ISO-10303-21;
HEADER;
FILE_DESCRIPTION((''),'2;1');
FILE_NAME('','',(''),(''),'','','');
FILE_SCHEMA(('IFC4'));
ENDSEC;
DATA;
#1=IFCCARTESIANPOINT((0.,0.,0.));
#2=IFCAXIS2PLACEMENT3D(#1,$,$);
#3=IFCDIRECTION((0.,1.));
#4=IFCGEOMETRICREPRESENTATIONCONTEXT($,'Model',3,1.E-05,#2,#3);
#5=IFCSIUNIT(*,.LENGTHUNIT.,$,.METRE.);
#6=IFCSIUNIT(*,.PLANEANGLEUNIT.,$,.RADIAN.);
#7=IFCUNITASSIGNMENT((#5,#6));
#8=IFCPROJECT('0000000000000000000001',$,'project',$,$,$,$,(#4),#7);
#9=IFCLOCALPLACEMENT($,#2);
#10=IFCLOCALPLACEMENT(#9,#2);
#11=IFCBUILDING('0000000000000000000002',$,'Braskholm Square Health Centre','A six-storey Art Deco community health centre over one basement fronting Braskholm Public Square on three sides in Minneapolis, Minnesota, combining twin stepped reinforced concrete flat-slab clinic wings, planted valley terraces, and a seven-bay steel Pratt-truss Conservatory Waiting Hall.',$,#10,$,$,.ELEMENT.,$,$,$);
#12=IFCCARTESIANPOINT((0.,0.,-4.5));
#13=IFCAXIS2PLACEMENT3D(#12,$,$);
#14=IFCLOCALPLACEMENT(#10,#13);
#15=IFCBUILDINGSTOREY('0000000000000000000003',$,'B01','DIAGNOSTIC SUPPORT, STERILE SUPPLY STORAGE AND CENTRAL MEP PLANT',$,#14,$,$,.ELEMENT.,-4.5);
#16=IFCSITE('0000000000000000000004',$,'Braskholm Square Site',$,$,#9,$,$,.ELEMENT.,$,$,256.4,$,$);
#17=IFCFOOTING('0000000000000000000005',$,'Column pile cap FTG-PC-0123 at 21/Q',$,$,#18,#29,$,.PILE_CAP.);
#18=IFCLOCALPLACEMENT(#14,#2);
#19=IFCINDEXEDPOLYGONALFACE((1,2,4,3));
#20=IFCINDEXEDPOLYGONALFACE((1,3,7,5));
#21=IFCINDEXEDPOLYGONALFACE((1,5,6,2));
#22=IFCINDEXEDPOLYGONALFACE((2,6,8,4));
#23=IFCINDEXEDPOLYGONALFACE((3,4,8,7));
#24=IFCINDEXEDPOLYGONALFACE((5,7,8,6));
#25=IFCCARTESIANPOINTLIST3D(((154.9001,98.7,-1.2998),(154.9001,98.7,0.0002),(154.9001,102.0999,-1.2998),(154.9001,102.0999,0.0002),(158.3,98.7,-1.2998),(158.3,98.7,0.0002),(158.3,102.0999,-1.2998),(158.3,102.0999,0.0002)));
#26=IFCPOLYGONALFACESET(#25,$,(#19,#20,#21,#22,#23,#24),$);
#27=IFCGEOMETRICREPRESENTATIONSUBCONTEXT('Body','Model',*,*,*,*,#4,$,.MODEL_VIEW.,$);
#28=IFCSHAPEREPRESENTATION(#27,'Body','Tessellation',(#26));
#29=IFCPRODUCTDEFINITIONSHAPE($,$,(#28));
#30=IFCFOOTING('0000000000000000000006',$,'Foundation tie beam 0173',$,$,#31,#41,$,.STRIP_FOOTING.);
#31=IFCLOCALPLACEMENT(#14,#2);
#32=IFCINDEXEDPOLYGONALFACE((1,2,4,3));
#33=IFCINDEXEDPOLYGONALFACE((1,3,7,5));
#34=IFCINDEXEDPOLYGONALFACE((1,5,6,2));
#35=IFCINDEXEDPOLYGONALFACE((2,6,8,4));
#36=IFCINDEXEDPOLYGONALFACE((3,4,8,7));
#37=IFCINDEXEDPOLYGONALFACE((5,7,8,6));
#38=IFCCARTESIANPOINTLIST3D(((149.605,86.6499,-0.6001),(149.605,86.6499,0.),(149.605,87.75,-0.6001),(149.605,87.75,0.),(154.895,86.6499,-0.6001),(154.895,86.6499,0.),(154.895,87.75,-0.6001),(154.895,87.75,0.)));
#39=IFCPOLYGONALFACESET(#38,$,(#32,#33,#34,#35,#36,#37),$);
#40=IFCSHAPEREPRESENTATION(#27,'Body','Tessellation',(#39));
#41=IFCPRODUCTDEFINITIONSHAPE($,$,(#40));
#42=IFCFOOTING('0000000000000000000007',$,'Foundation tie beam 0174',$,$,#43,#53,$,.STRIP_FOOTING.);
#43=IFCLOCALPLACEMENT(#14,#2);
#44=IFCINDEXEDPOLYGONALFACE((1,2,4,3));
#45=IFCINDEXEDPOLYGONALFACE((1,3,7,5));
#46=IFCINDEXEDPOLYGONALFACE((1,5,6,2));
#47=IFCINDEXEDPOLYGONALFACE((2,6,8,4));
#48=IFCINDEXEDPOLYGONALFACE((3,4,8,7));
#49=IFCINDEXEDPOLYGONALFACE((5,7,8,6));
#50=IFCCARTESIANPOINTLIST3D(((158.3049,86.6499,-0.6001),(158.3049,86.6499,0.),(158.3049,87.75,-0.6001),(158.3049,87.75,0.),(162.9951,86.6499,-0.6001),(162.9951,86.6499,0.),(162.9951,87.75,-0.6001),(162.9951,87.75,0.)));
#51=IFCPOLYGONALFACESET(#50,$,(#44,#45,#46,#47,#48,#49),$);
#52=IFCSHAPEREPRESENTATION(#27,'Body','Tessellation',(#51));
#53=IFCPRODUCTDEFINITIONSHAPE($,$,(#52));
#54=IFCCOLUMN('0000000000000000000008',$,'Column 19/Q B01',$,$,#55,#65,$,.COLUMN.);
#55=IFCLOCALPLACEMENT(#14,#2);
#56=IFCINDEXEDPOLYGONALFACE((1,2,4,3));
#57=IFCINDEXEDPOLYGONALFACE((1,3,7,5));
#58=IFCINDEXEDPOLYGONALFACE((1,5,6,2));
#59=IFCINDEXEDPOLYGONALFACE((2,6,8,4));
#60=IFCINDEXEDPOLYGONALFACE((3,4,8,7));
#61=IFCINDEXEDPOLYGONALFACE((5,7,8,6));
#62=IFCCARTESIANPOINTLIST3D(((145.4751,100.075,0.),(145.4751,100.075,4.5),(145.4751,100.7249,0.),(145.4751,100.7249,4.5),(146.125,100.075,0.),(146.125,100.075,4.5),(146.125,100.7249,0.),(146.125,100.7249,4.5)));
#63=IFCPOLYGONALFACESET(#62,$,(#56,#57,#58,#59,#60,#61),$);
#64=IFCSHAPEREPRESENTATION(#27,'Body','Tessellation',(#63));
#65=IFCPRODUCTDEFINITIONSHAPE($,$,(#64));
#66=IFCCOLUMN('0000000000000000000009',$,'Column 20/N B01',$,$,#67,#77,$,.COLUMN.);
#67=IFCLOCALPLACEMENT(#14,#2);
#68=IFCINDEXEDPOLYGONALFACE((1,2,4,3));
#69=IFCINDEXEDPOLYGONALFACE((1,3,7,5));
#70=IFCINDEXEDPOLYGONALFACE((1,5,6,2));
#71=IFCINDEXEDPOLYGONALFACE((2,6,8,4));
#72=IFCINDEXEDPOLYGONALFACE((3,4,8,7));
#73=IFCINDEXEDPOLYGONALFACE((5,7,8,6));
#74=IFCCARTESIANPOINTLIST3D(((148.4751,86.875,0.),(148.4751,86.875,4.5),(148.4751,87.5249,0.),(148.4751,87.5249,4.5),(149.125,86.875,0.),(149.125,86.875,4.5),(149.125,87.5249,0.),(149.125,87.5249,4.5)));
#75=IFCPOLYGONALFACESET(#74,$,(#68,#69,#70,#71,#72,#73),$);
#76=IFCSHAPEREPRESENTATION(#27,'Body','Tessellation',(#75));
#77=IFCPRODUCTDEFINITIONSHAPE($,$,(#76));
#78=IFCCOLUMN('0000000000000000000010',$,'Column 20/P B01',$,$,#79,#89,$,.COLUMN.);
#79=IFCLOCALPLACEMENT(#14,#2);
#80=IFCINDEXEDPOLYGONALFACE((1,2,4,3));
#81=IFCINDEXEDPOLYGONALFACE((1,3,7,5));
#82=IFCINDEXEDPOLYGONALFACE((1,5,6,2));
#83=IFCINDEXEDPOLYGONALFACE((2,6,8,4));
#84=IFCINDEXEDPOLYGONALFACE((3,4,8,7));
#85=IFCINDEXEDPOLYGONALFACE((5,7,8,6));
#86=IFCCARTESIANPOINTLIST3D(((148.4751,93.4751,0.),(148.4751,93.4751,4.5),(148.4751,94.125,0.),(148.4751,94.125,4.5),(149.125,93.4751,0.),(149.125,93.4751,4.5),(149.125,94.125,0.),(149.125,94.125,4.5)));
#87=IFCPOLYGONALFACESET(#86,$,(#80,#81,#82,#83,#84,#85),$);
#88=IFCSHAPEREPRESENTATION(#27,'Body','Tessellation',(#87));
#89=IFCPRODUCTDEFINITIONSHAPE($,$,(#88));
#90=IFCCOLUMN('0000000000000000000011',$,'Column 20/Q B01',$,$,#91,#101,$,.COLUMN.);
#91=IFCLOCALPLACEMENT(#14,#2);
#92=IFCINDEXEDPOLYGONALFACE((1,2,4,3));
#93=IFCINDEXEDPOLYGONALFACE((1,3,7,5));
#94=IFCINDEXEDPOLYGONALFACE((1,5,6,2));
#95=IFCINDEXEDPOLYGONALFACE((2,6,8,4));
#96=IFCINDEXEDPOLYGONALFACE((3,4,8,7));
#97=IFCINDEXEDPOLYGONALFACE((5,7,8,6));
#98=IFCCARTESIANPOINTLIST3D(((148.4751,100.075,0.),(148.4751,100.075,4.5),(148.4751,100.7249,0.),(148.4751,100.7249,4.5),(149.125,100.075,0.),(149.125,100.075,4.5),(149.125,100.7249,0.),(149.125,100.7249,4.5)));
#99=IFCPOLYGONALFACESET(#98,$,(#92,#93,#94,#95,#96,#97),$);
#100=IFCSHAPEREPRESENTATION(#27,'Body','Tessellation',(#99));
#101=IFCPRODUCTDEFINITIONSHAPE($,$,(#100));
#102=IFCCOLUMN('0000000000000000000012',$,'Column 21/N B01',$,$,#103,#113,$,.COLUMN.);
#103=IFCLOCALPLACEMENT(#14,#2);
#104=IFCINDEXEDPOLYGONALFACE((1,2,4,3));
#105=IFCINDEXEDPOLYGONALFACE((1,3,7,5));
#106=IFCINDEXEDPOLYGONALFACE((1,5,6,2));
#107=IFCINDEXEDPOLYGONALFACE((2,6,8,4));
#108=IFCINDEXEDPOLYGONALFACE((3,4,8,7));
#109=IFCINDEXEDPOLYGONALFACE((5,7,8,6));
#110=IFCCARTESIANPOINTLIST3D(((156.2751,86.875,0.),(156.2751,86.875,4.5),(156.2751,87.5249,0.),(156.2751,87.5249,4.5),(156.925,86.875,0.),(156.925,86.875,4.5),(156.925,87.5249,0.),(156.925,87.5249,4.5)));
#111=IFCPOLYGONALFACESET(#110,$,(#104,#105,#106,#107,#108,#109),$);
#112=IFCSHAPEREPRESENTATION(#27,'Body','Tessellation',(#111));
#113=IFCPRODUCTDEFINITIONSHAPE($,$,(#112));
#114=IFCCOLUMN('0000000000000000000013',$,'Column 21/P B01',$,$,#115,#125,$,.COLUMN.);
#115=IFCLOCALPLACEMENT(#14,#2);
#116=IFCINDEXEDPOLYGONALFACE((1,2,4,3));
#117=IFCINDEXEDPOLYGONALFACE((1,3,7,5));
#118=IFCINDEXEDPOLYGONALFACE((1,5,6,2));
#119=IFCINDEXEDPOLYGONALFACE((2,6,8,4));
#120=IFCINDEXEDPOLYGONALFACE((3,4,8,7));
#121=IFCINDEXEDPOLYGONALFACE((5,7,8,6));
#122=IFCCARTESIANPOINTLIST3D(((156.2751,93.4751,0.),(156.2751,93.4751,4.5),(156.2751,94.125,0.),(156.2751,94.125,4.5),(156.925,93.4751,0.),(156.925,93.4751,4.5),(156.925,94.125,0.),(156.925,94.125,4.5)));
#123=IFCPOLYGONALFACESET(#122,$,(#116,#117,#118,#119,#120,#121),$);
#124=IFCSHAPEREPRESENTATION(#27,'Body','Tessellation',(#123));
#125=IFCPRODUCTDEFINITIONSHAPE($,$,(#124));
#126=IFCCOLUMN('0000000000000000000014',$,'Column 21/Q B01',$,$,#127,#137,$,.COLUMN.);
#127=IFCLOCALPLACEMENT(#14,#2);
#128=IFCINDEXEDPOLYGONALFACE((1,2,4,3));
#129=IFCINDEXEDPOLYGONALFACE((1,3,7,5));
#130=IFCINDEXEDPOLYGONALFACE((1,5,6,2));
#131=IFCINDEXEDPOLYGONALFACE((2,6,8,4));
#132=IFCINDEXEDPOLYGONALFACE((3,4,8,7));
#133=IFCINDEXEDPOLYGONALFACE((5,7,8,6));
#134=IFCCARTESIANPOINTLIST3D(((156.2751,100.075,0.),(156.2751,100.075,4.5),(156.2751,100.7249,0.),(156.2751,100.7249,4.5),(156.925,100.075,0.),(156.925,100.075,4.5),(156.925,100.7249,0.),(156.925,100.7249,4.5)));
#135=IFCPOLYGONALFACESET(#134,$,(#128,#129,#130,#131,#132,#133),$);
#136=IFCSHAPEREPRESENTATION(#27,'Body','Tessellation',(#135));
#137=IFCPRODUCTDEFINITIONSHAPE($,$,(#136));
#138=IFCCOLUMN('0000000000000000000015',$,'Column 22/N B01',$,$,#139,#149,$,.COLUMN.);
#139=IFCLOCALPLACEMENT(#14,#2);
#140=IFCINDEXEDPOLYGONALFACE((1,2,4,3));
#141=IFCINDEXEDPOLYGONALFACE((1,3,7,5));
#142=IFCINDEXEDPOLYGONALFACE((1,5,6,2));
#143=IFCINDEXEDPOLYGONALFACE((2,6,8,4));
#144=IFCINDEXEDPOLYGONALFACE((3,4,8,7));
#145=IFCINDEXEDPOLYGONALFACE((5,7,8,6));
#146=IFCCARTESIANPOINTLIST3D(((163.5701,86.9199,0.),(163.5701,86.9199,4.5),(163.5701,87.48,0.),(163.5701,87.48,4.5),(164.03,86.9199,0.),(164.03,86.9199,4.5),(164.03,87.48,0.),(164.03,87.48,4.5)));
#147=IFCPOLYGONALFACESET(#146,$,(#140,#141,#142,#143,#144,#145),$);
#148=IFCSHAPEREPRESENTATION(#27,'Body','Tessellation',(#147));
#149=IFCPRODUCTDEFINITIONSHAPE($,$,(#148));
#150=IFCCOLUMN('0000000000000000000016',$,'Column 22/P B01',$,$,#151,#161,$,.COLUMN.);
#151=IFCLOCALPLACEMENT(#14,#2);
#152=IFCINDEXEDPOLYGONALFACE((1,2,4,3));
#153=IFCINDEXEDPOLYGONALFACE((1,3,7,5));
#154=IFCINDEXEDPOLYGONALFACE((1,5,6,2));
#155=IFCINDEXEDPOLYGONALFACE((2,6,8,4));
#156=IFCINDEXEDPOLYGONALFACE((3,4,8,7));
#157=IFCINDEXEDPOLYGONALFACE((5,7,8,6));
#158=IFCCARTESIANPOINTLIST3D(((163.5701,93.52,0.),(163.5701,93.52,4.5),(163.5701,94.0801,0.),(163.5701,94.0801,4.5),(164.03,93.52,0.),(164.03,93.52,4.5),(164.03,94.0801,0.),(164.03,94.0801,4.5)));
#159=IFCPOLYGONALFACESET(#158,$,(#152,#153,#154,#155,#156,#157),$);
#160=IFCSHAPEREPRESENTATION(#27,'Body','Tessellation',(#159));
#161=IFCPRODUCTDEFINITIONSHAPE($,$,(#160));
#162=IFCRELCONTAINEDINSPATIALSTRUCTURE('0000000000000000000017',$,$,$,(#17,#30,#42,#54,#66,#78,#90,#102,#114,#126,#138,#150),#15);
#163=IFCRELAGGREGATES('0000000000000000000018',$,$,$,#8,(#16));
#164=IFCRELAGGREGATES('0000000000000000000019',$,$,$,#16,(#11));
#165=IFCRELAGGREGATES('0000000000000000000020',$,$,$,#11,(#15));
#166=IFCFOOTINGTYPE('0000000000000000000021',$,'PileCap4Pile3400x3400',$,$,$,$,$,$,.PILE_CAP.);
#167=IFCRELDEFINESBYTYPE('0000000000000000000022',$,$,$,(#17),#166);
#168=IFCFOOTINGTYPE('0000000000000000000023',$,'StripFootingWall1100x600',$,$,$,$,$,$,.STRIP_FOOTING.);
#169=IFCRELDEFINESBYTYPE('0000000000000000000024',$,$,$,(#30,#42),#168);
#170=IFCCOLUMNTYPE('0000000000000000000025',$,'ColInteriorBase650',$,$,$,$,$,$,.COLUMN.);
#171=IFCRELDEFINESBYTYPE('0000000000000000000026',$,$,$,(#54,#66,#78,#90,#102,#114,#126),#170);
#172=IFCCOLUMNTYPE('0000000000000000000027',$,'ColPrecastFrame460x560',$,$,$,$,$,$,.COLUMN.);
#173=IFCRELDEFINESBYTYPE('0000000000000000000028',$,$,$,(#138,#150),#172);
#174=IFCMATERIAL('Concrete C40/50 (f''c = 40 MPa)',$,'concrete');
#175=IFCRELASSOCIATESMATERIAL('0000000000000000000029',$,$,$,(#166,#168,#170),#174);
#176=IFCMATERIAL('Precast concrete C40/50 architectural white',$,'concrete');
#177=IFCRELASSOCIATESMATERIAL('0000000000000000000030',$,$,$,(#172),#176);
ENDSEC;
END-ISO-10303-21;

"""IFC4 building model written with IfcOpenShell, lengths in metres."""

from ifc_helpers import new_model, si_unit, direction, frame, origin, origin_2d, place, context, subcontext, project, spatial, rectangle, extrude, material, material_profile, profile_set, type_object, element, save


model = new_model("IFC4")

# Units and contexts
model_context = context("Model", 3, precision=1e-05, world=origin(), true_north=direction((0.0, 1.0)))
body_context = subcontext(model_context, "Body", "Model", "MODEL_VIEW")
ifc_project = project(units=[si_unit("LENGTHUNIT", "METRE"), si_unit("PLANEANGLEUNIT", "RADIAN")], contexts=[model_context])

# Site, building, storey
site_placement = place(None, origin())
site = spatial("IfcSite", under=ifc_project, at=site_placement, Name="Braskholm Square Site", CompositionType="ELEMENT", RefElevation=256.4)
building_placement = place(site_placement, origin())
building = spatial("IfcBuilding", under=site, at=building_placement, Name="Braskholm Square Health Centre", Description="A six-storey Art Deco community health centre over one basement fronting Braskholm Public Square on three sides in Minneapolis, Minnesota, combining twin stepped reinforced concrete flat-slab clinic wings, planted valley terraces, and a seven-bay steel Pratt-truss Conservatory Waiting Hall.", CompositionType="ELEMENT")
storey_placement = place(building_placement, frame((0.0, 0.0, -4.5)))
storey = spatial("IfcBuildingStorey", under=building, at=storey_placement, Name="B01", Description="DIAGNOSTIC SUPPORT, STERILE SUPPLY STORAGE AND CENTRAL MEP PLANT", CompositionType="ELEMENT", Elevation=-4.5)

# Shared definitions
ifc_material_1 = material(Name="Concrete C40/50 (f'c = 40 MPa)", Category="concrete")

# Footings
footing_type_1 = type_object("IfcFootingType", Name="PileCap4Pile3400x3400", PredefinedType="PILE_CAP", material=ifc_material_1)
for number, where, z_axis, x_axis, name in (
    (1, (156.6001, 100.3999, -1.2998), (0.0, 0.0, 1.0), (1.0, 0.0, 0.0), "Column pile cap FTG-PC-0123 at 21/Q"),
):
    element("IfcFooting", number, at=place(storey_placement, frame(where, z_axis=z_axis, x_axis=x_axis)), inside=storey, type_object=footing_type_1, Name=name, PredefinedType="PILE_CAP", context=body_context, shape_type="SweptSolid", body=[
        extrude(rectangle(XDim=3.3999, YDim=3.3999, at=origin_2d()), origin(), (0.0, 0.0, 1.0), 1.3),
    ])
ifc_material_profile_1 = material_profile(ifc_material_1, rectangle(XDim=1.1001, YDim=0.6001, at=origin_2d()), Name="FTG-1100X600")
ifc_profile_set_1 = profile_set([ifc_material_profile_1], Name="Concrete C40/50 (f'c = 40 MPa)")
footing_type_2 = type_object("IfcFootingType", Name="StripFootingWall1100x600", PredefinedType="STRIP_FOOTING", material=ifc_profile_set_1)
footing_1_placement = place(storey_placement, frame((149.605, 87.2, -0.3), z_axis=(1.0, 0.0, 0.0), x_axis=(0.0, 1.0, 0.0)))
element("IfcFooting", 2, at=footing_1_placement, inside=storey, type_object=footing_type_2, Name="Foundation tie beam 0173", PredefinedType="STRIP_FOOTING", context=body_context, shape_type="SweptSolid", body=[
    extrude(rectangle(XDim=1.1001, YDim=0.6001, at=origin_2d()), origin(), (0.0, 0.0, 1.0), 5.29),
])
footing_2_placement = place(storey_placement, frame((158.3049, 87.2, -0.3), z_axis=(1.0, 0.0, 0.0), x_axis=(0.0, 1.0, 0.0)))
element("IfcFooting", 3, at=footing_2_placement, inside=storey, type_object=footing_type_2, Name="Foundation tie beam 0174", PredefinedType="STRIP_FOOTING", context=body_context, shape_type="SweptSolid", body=[
    extrude(rectangle(XDim=1.1001, YDim=0.6001, at=origin_2d()), origin(), (0.0, 0.0, 1.0), 4.6902),
])

# Columns
ifc_material_profile_2 = material_profile(ifc_material_1, rectangle(XDim=0.6499, YDim=0.6499, at=origin_2d()), Name="RC-650X650")
ifc_profile_set_2 = profile_set([ifc_material_profile_2], Name="Concrete C40/50 (f'c = 40 MPa)")
column_type_1 = type_object("IfcColumnType", Name="ColInteriorBase650", PredefinedType="COLUMN", material=ifc_profile_set_2)
for number, where, z_axis, x_axis, name in (
    (4, (145.8, 100.3999, 0.0), (0.0, 0.0, 1.0), (1.0, 0.0, 0.0), "Column 19/Q B01"),
    (5, (148.8, 87.2, 0.0), (0.0, 0.0, 1.0), (1.0, 0.0, 0.0), "Column 20/N B01"),
    (6, (148.8, 93.8, 0.0), (0.0, 0.0, 1.0), (1.0, 0.0, 0.0), "Column 20/P B01"),
    (7, (148.8, 100.3999, 0.0), (0.0, 0.0, 1.0), (1.0, 0.0, 0.0), "Column 20/Q B01"),
    (8, (156.6001, 87.2, 0.0), (0.0, 0.0, 1.0), (1.0, 0.0, 0.0), "Column 21/N B01"),
    (9, (156.6001, 93.8, 0.0), (0.0, 0.0, 1.0), (1.0, 0.0, 0.0), "Column 21/P B01"),
    (10, (156.6001, 100.3999, 0.0), (0.0, 0.0, 1.0), (1.0, 0.0, 0.0), "Column 21/Q B01"),
):
    element("IfcColumn", number, at=place(storey_placement, frame(where, z_axis=z_axis, x_axis=x_axis)), inside=storey, type_object=column_type_1, Name=name, PredefinedType="COLUMN", context=body_context, shape_type="SweptSolid", body=[
        extrude(rectangle(XDim=0.6499, YDim=0.6499, at=origin_2d()), origin(), (0.0, 0.0, 1.0), 4.5),
    ])
ifc_material_2 = material(Name="Precast concrete C40/50 architectural white", Category="concrete")
ifc_material_profile_3 = material_profile(ifc_material_2, rectangle(XDim=0.46, YDim=0.5601, at=origin_2d()), Name="RC-460X560")
ifc_profile_set_3 = profile_set([ifc_material_profile_3], Name="Precast concrete C40/50 architectural white")
column_type_2 = type_object("IfcColumnType", Name="ColPrecastFrame460x560", PredefinedType="COLUMN", material=ifc_profile_set_3)
for number, where, z_axis, x_axis, name in (
    (11, (163.8, 87.2, 0.0), (0.0, 0.0, 1.0), (1.0, 0.0, 0.0), "Column 22/N B01"),
    (12, (163.8, 93.8, 0.0), (0.0, 0.0, 1.0), (1.0, 0.0, 0.0), "Column 22/P B01"),
):
    element("IfcColumn", number, at=place(storey_placement, frame(where, z_axis=z_axis, x_axis=x_axis)), inside=storey, type_object=column_type_2, Name=name, PredefinedType="COLUMN", context=body_context, shape_type="SweptSolid", body=[
        extrude(rectangle(XDim=0.46, YDim=0.5601, at=origin_2d()), origin(), (0.0, 0.0, 1.0), 4.5),
    ])

save(model, "model.ifc")
